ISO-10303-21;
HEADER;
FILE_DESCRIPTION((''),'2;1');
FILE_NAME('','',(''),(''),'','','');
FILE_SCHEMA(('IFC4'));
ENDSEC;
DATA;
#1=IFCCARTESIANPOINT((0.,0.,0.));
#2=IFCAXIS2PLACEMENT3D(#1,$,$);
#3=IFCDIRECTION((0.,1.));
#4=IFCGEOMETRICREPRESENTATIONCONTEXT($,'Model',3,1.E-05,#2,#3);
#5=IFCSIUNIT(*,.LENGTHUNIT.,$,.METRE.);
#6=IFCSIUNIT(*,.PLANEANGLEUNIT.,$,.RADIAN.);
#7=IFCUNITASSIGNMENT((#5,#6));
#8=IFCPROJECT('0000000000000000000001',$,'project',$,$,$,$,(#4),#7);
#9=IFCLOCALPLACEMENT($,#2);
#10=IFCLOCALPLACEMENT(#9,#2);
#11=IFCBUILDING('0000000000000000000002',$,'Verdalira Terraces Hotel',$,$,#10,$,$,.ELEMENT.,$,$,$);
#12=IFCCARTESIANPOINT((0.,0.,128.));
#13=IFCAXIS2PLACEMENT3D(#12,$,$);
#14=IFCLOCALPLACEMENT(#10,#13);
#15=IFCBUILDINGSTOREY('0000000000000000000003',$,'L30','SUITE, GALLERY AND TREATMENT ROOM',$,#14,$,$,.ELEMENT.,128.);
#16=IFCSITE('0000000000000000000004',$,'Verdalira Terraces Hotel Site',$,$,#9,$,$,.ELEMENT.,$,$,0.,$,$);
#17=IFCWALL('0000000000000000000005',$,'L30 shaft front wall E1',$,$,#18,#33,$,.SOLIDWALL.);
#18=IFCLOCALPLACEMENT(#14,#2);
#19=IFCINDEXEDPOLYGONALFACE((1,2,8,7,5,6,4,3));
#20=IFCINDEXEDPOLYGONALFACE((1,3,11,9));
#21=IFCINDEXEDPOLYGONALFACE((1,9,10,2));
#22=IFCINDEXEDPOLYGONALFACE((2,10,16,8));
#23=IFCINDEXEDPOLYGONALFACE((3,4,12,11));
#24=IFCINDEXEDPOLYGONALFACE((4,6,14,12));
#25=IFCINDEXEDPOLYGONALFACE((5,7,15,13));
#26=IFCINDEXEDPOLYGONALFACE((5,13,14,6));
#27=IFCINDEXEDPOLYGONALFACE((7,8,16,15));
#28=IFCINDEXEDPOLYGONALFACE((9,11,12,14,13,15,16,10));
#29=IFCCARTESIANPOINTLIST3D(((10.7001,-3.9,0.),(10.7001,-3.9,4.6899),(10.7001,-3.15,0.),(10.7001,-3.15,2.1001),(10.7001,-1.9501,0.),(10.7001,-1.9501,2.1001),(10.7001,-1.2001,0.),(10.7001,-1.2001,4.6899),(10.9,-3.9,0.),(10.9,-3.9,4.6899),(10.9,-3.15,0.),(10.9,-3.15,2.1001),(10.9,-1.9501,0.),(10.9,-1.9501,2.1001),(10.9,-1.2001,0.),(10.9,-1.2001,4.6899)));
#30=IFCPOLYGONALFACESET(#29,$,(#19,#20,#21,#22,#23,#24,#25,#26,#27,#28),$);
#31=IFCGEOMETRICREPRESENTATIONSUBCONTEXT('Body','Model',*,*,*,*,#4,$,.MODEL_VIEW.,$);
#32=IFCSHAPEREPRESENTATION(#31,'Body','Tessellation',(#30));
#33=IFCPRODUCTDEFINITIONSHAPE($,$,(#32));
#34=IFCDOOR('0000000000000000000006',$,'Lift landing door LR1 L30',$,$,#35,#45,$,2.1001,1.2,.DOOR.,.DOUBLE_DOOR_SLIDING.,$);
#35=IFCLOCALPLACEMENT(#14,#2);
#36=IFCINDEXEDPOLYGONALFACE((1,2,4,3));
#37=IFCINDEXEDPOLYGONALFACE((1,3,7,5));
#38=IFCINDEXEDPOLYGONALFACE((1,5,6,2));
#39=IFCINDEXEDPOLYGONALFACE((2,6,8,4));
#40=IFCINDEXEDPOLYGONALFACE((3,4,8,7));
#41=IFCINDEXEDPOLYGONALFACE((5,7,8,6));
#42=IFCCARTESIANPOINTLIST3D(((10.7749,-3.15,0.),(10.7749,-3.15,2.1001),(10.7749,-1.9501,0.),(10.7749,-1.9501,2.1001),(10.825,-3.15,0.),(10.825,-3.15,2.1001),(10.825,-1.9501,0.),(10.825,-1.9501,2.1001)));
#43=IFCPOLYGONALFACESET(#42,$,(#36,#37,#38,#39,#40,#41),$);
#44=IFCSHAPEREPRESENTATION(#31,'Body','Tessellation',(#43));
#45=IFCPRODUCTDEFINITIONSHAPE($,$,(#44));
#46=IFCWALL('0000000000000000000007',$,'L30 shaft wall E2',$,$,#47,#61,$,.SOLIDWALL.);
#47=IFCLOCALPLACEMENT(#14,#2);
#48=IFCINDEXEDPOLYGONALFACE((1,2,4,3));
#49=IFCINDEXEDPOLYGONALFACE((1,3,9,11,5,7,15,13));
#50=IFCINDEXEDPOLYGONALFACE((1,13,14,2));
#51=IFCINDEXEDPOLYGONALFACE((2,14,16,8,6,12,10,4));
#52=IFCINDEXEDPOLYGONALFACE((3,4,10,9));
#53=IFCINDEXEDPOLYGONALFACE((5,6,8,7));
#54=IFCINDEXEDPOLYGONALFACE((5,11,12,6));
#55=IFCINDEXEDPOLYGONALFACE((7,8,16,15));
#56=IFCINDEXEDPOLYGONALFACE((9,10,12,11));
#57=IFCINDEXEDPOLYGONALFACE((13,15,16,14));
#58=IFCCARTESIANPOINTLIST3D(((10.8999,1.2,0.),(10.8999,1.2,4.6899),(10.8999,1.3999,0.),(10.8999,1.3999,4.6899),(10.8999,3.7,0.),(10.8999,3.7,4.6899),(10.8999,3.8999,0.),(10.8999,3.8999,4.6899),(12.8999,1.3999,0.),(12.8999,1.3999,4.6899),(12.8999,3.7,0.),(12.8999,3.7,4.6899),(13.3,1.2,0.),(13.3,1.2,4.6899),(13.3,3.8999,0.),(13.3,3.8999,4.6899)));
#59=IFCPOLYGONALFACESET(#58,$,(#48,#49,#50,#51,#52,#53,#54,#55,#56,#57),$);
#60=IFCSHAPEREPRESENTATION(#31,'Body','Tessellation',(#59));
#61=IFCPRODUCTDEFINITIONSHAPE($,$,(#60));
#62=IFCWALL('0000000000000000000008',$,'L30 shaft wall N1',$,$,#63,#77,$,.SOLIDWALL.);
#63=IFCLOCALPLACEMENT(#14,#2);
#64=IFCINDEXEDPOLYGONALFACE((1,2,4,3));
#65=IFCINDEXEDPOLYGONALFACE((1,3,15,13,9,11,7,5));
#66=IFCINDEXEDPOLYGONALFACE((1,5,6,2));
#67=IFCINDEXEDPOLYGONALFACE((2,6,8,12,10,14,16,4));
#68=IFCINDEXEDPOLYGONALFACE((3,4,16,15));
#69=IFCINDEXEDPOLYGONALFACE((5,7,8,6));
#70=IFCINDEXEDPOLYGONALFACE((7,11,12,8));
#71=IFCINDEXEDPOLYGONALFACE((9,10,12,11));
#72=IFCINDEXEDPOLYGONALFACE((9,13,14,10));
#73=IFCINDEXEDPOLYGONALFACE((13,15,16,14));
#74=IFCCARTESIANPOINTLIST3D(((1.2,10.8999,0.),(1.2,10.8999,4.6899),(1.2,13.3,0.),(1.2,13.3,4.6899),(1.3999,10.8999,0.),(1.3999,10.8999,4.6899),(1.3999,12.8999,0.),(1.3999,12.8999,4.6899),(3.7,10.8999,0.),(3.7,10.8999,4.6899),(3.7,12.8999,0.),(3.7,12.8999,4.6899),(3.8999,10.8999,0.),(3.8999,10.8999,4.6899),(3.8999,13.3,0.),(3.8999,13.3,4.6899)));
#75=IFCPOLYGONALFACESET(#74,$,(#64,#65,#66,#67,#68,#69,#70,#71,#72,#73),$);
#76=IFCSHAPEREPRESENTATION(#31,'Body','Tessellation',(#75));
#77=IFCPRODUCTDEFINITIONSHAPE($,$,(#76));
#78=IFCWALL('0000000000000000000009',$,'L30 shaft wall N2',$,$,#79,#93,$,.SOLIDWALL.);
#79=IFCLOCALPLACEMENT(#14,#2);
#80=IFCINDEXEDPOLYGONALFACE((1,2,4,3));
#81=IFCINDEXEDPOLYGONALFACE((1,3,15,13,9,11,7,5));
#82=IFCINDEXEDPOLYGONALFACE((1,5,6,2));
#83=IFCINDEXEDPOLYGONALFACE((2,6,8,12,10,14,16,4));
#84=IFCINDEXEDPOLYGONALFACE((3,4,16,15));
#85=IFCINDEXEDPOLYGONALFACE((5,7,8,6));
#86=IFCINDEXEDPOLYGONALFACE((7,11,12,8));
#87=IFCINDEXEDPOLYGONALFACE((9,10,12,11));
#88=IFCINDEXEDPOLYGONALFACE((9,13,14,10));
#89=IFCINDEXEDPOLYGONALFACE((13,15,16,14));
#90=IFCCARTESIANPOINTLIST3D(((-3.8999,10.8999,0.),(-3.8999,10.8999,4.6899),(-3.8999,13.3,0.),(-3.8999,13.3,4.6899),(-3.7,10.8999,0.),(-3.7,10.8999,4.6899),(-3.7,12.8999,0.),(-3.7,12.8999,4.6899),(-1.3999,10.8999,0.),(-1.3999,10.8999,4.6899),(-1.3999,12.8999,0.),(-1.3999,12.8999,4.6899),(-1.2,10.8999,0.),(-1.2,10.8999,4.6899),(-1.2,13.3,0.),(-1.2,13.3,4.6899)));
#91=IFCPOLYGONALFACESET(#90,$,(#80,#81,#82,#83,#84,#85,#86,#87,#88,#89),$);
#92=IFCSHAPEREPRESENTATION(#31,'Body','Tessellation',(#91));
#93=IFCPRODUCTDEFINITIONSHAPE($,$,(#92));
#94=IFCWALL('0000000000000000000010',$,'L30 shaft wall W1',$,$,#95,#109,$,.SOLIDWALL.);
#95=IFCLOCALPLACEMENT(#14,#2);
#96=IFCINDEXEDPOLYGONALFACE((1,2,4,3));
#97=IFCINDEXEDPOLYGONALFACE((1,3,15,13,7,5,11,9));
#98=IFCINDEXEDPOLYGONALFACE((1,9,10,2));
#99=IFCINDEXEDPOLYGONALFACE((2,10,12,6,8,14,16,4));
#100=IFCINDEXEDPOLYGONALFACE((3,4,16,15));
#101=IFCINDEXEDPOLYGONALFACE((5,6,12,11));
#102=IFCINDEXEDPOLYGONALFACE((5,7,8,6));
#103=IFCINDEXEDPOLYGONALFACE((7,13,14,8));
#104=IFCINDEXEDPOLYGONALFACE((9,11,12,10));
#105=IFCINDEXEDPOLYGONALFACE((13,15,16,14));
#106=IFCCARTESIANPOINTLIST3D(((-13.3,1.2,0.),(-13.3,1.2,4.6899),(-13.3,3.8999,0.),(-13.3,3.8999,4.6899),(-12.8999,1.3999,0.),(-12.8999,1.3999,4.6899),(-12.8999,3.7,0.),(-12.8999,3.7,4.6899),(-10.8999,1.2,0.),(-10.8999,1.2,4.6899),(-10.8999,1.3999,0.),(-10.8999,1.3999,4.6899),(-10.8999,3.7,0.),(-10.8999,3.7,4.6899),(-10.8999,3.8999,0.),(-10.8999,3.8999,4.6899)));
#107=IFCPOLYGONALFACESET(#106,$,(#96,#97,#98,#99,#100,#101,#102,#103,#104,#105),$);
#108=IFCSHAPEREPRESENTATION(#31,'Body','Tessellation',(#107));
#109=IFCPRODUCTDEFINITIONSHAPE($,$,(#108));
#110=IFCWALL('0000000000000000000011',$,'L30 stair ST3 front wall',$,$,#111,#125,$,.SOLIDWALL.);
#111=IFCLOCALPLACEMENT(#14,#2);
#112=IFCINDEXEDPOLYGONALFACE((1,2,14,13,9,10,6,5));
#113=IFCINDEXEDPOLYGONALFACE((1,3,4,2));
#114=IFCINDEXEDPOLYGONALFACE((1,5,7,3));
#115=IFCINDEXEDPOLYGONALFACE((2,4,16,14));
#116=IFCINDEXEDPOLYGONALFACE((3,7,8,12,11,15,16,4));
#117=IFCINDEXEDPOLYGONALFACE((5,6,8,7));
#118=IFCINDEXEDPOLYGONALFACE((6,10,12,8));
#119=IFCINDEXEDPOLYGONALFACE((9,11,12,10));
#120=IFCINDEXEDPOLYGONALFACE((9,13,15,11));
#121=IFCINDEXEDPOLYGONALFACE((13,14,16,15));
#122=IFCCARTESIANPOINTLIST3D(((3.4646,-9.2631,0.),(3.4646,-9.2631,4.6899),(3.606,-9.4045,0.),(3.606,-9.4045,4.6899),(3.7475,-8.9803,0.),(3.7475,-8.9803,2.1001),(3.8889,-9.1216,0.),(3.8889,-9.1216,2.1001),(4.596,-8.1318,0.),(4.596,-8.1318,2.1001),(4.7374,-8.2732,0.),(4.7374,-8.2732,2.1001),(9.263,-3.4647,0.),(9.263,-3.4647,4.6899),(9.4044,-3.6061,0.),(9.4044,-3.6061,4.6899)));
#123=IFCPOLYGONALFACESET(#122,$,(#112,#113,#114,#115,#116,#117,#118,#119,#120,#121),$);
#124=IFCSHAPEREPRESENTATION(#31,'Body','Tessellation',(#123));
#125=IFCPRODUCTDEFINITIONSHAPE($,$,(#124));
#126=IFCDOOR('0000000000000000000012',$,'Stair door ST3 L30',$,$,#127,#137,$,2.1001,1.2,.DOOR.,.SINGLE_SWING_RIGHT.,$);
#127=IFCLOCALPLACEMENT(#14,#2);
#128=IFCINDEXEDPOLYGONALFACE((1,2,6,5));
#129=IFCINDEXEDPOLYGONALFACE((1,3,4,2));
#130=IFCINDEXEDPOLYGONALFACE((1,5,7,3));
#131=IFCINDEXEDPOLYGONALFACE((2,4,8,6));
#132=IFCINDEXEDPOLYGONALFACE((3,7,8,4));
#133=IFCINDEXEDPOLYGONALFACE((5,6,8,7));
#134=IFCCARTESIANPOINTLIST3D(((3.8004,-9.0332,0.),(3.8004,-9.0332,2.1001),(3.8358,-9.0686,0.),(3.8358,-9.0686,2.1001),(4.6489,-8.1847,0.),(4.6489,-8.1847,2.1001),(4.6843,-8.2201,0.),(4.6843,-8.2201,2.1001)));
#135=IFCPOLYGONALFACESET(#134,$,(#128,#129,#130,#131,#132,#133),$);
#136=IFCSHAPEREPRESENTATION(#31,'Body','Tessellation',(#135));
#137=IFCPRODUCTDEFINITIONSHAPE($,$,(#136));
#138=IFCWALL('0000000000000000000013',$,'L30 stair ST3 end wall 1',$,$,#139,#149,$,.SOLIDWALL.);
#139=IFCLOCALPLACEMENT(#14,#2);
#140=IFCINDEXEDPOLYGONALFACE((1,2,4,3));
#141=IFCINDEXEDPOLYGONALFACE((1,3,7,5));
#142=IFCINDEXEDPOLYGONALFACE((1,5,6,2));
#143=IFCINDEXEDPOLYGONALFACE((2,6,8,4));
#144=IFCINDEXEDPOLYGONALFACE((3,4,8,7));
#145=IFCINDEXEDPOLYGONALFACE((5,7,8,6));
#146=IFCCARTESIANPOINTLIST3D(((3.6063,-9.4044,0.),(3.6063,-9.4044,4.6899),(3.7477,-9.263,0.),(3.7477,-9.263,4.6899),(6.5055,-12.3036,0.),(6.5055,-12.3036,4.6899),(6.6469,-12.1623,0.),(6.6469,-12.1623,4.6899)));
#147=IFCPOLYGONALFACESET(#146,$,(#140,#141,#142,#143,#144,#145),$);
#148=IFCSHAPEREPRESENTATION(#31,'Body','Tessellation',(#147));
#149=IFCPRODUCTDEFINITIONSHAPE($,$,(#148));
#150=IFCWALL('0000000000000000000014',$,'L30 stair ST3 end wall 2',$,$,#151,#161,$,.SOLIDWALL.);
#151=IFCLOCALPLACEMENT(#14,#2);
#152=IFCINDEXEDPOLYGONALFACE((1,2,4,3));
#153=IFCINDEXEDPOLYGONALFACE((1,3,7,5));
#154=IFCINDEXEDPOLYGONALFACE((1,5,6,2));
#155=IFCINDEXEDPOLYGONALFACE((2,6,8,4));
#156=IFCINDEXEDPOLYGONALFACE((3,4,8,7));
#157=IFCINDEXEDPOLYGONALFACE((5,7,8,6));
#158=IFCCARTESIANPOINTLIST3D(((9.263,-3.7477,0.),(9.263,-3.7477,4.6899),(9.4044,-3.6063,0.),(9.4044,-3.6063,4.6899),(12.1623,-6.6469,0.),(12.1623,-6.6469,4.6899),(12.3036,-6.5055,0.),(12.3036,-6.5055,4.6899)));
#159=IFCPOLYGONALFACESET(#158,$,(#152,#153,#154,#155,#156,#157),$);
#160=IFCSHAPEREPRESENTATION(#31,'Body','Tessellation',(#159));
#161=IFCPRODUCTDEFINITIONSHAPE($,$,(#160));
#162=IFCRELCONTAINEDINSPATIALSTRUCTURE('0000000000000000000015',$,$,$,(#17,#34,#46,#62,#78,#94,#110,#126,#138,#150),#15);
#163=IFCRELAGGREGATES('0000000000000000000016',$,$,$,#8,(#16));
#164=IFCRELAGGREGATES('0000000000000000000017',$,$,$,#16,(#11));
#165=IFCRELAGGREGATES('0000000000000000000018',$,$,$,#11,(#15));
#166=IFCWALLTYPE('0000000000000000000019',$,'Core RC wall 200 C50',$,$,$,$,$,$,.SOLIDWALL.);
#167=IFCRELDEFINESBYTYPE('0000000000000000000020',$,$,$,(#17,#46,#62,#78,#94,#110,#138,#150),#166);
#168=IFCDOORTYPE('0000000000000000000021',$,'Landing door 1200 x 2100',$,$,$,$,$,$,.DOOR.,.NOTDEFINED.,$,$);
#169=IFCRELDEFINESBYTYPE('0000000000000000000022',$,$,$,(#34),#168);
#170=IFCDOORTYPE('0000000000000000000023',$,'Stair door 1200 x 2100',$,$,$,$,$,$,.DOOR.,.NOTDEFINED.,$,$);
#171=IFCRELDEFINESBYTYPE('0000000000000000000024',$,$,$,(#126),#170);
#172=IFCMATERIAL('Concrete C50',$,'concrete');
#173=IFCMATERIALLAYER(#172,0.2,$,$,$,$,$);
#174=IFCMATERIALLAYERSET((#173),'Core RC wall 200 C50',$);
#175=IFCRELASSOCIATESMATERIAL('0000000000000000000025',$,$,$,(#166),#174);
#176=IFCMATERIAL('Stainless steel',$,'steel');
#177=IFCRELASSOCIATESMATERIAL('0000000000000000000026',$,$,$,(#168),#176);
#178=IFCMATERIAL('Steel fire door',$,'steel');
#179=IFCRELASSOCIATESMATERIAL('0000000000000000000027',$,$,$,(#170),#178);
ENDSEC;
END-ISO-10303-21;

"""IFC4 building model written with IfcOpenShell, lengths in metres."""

from ifc_helpers import new_model, si_unit, direction, frame, frame_2d, origin, place, context, subcontext, project, spatial, polyline, rectangle, outline, extrude, material, layer, layer_set, type_object, element, fill, save


model = new_model("IFC4")

# Units and contexts
model_context = context("Model", 3, precision=1e-05, world=origin(), true_north=direction((0.0, 1.0)))
body_context = subcontext(model_context, "Body", "Model", "MODEL_VIEW")
ifc_project = project(units=[si_unit("LENGTHUNIT", "METRE"), si_unit("PLANEANGLEUNIT", "RADIAN")], contexts=[model_context])

# Site, building, storey
site_placement = place(None, origin())
site = spatial("IfcSite", under=ifc_project, at=site_placement, Name="Verdalira Terraces Hotel Site", CompositionType="ELEMENT", RefElevation=0.0)
building_placement = place(site_placement, origin())
building = spatial("IfcBuilding", under=site, at=building_placement, Name="Verdalira Terraces Hotel", CompositionType="ELEMENT")
storey_placement = place(building_placement, frame((0.0, 0.0, 128.0)))
storey = spatial("IfcBuildingStorey", under=building, at=storey_placement, Name="L30", Description="SUITE, GALLERY AND TREATMENT ROOM", CompositionType="ELEMENT", Elevation=128.0)

# Shared definitions
ifc_material_1 = material(Name="Concrete C50", Category="concrete")
ifc_layer_1 = layer(ifc_material_1, 0.2)
ifc_layer_set_1 = layer_set([ifc_layer_1], Name="Core RC wall 200 C50")
wall_type_1 = type_object("IfcWallType", Name="Core RC wall 200 C50", PredefinedType="SOLIDWALL", material=ifc_layer_set_1)

# Wall, opening, door
wall_1_placement = place(storey_placement, frame((10.8, -1.2, 0.0), z_axis=(0.0, 0.0, 1.0), x_axis=(0.0, -1.0, 0.0)))
wall_1 = element("IfcWall", 1, at=wall_1_placement, inside=storey, type_object=wall_type_1, Name="L30 shaft front wall E1", PredefinedType="SOLIDWALL", context=body_context, shape_type="SweptSolid", body=[
    extrude(rectangle(XDim=2.7, YDim=0.2, at=frame_2d((1.3501, 0.0))), origin(), (0.0, 0.0, 1.0), 4.6899),
])
opening_1_placement = place(wall_1_placement, frame((0.75, 0.0, 0.0)))
opening_1 = element("IfcOpeningElement", 2, at=opening_1_placement, cuts=wall_1, PredefinedType="OPENING", context=body_context, shape_type="SweptSolid", body=[
    extrude(rectangle(XDim=1.2, YDim=2.1001, at=frame_2d((0.6001, 1.05))), frame((0.0, 0.1099, 0.0), z_axis=(0.0, -1.0, 0.0), x_axis=(1.0, 0.0, 0.0)), (0.0, 0.0, 1.0), 0.22),
])
ifc_material_2 = material(Name="Stainless steel", Category="steel")
door_type_1 = type_object("IfcDoorType", Name="Landing door 1200 x 2100", OperationType="NOTDEFINED", PredefinedType="DOOR", material=ifc_material_2)
door_1_placement = place(opening_1_placement, origin())
door_1 = element("IfcDoor", 3, at=door_1_placement, inside=storey, type_object=door_type_1, Name="Lift landing door LR1 L30", OperationType="DOUBLE_DOOR_SLIDING", OverallHeight=2.1001, OverallWidth=1.2, PredefinedType="DOOR", context=body_context, shape_type="SweptSolid", body=[
    extrude(rectangle(XDim=1.2, YDim=2.1001, at=frame_2d((0.6001, 1.05))), frame((0.0, 0.0249, 0.0), z_axis=(0.0, -1.0, 0.0), x_axis=(1.0, 0.0, 0.0)), (0.0, 0.0, 1.0), 0.05),
])
fill(opening_1, door_1)

# Walls
wall_2_placement = place(storey_placement, origin())
element("IfcWall", 4, at=wall_2_placement, inside=storey, type_object=wall_type_1, Name="L30 shaft wall E2", PredefinedType="SOLIDWALL", context=body_context, shape_type="SweptSolid", body=[
    extrude(outline(polyline([(13.3, 3.8999), (13.3, 1.2), (10.8999, 1.2), (10.8999, 1.3999), (12.8999, 1.3999), (12.8999, 3.7), (10.8999, 3.7), (10.8999, 3.8999), (13.3, 3.8999)])), origin(), (0.0, 0.0, 1.0), 4.6899),
])
wall_3_placement = place(storey_placement, origin())
element("IfcWall", 5, at=wall_3_placement, inside=storey, type_object=wall_type_1, Name="L30 shaft wall N1", PredefinedType="SOLIDWALL", context=body_context, shape_type="SweptSolid", body=[
    extrude(outline(polyline([(3.8999, 13.3), (3.8999, 10.8999), (3.7, 10.8999), (3.7, 12.8999), (1.3999, 12.8999), (1.3999, 10.8999), (1.2, 10.8999), (1.2, 13.3), (3.8999, 13.3)])), origin(), (0.0, 0.0, 1.0), 4.6899),
])
wall_4_placement = place(storey_placement, origin())
element("IfcWall", 6, at=wall_4_placement, inside=storey, type_object=wall_type_1, Name="L30 shaft wall N2", PredefinedType="SOLIDWALL", context=body_context, shape_type="SweptSolid", body=[
    extrude(outline(polyline([(-3.8999, 10.8999), (-3.8999, 13.3), (-1.2, 13.3), (-1.2, 10.8999), (-1.3999, 10.8999), (-1.3999, 12.8999), (-3.7, 12.8999), (-3.7, 10.8999), (-3.8999, 10.8999)])), origin(), (0.0, 0.0, 1.0), 4.6899),
])
wall_5_placement = place(storey_placement, origin())
element("IfcWall", 7, at=wall_5_placement, inside=storey, type_object=wall_type_1, Name="L30 shaft wall W1", PredefinedType="SOLIDWALL", context=body_context, shape_type="SweptSolid", body=[
    extrude(outline(polyline([(-13.3, 3.8999), (-10.8999, 3.8999), (-10.8999, 3.7), (-12.8999, 3.7), (-12.8999, 1.3999), (-10.8999, 1.3999), (-10.8999, 1.2), (-13.3, 1.2), (-13.3, 3.8999)])), origin(), (0.0, 0.0, 1.0), 4.6899),
])

# Wall, opening, door
wall_6_placement = place(storey_placement, frame((9.3337, -3.5354, 0.0), z_axis=(0.0, 0.0, 1.0), x_axis=(-0.707107, -0.707107, 0.0)))
wall_6 = element("IfcWall", 8, at=wall_6_placement, inside=storey, type_object=wall_type_1, Name="L30 stair ST3 front wall", PredefinedType="SOLIDWALL", context=body_context, shape_type="SweptSolid", body=[
    extrude(rectangle(XDim=8.2002, YDim=0.2, at=frame_2d((4.1001, 0.0))), origin(), (0.0, 0.0, 1.0), 4.6899),
])
opening_2_placement = place(wall_6_placement, frame((6.6001, 0.0, 0.0)))
opening_2 = element("IfcOpeningElement", 9, at=opening_2_placement, cuts=wall_6, PredefinedType="OPENING", context=body_context, shape_type="SweptSolid", body=[
    extrude(rectangle(XDim=1.2, YDim=2.1001, at=frame_2d((0.6001, 1.05))), frame((0.0, 0.1099, 0.0), z_axis=(0.0, -1.0, 0.0), x_axis=(1.0, 0.0, 0.0)), (0.0, 0.0, 1.0), 0.22),
])
ifc_material_3 = material(Name="Steel fire door", Category="steel")
door_type_2 = type_object("IfcDoorType", Name="Stair door 1200 x 2100", OperationType="NOTDEFINED", PredefinedType="DOOR", material=ifc_material_3)
door_2_placement = place(opening_2_placement, origin())
door_2 = element("IfcDoor", 10, at=door_2_placement, inside=storey, type_object=door_type_2, Name="Stair door ST3 L30", OperationType="SINGLE_SWING_RIGHT", OverallHeight=2.1001, OverallWidth=1.2, PredefinedType="DOOR", context=body_context, shape_type="SweptSolid", body=[
    extrude(rectangle(XDim=1.2, YDim=2.1001, at=frame_2d((0.6001, 1.05))), frame((0.0, 0.0249, 0.0), z_axis=(0.0, -1.0, 0.0), x_axis=(1.0, 0.0, 0.0)), (0.0, 0.0, 1.0), 0.05),
])
fill(opening_2, door_2)

# Walls
for number, where, z_axis, x_axis, name in (
    (11, (3.677, -9.3337, 0.0), (0.0, 0.0, 1.0), (0.707107, -0.707107, 0.0), "L30 stair ST3 end wall 1"),
    (12, (9.3337, -3.677, 0.0), (0.0, 0.0, 1.0), (0.707107, -0.707107, 0.0), "L30 stair ST3 end wall 2"),
):
    element("IfcWall", number, at=place(storey_placement, frame(where, z_axis=z_axis, x_axis=x_axis)), inside=storey, type_object=wall_type_1, Name=name, PredefinedType="SOLIDWALL", context=body_context, shape_type="SweptSolid", body=[
        extrude(rectangle(XDim=4.1001, YDim=0.2, at=frame_2d((2.05, 0.0))), origin(), (0.0, 0.0, 1.0), 4.6899),
    ])

save(model, "model.ifc")
